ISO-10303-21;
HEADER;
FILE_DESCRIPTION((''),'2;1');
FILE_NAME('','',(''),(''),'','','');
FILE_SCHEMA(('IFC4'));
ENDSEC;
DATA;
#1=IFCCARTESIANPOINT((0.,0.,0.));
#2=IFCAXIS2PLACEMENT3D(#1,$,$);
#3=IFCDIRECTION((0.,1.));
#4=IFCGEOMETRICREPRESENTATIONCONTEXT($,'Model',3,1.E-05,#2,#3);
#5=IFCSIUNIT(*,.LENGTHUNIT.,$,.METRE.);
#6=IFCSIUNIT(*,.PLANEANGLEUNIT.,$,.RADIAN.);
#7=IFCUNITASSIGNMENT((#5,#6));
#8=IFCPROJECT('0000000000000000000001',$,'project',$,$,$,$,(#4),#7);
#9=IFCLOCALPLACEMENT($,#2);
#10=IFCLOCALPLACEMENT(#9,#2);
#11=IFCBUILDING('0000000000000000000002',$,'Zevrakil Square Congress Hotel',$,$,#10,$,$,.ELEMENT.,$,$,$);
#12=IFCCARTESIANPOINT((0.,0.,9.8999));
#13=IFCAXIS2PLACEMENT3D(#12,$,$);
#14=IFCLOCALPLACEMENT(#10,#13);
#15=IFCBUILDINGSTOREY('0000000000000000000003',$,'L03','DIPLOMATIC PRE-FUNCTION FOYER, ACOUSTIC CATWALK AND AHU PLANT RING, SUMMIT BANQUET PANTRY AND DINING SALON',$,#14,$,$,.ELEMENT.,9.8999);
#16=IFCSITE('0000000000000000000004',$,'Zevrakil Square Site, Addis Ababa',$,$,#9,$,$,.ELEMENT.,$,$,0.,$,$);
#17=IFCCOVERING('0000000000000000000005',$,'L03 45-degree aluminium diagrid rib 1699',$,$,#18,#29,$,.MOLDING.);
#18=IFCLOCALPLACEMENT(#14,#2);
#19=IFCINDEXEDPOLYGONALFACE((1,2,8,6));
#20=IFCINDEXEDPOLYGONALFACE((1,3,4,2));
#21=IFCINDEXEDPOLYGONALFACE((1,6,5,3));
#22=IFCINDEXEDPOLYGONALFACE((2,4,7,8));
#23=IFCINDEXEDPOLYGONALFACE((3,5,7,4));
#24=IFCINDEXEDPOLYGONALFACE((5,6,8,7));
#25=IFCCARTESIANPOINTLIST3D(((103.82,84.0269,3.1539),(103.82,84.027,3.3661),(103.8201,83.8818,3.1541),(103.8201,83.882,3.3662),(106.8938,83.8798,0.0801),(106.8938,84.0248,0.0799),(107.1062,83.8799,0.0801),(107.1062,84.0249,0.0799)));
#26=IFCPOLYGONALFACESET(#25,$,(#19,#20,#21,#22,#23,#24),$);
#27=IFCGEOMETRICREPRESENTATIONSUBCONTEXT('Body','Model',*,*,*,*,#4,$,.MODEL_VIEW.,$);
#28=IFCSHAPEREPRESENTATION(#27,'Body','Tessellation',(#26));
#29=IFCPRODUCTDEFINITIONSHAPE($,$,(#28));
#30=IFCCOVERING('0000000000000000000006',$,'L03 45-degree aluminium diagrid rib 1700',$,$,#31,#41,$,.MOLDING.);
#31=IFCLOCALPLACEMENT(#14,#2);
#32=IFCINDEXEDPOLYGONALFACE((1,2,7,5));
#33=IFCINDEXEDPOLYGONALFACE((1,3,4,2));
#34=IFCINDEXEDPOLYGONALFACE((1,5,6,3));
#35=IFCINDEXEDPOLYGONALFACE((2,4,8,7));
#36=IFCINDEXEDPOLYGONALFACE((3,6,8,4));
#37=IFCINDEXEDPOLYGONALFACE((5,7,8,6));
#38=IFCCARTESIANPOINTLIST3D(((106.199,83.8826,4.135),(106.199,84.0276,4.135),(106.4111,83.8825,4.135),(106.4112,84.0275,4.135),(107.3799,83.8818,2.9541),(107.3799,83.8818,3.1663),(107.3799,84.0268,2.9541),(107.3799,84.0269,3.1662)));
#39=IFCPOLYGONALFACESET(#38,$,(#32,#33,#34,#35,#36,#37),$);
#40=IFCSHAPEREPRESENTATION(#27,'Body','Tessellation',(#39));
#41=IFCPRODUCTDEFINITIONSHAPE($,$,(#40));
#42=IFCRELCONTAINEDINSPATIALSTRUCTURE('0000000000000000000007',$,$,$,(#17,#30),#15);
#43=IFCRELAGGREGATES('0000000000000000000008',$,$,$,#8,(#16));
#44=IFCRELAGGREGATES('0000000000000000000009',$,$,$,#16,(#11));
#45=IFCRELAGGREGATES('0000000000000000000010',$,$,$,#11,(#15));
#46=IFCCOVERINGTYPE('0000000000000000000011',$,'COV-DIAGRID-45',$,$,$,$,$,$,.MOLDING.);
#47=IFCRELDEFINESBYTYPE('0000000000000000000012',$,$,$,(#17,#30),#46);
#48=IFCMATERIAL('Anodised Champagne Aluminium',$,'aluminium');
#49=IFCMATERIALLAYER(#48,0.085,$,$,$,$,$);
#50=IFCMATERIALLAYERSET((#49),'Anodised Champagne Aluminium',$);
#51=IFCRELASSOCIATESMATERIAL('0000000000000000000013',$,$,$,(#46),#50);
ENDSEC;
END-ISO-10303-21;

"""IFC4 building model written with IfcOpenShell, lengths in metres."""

from ifc_helpers import new_model, si_unit, direction, frame, origin, place, context, subcontext, project, spatial, polyline, outline, extrude, material, layer, layer_set, type_object, element, save


model = new_model("IFC4")

# Units and contexts
model_context = context("Model", 3, precision=1e-05, world=origin(), true_north=direction((0.0, 1.0)))
body_context = subcontext(model_context, "Body", "Model", "MODEL_VIEW")
ifc_project = project(units=[si_unit("LENGTHUNIT", "METRE"), si_unit("PLANEANGLEUNIT", "RADIAN")], contexts=[model_context])

# Site, building, storey
site_placement = place(None, origin())
site = spatial("IfcSite", under=ifc_project, at=site_placement, Name="Zevrakil Square Site, Addis Ababa", CompositionType="ELEMENT", RefElevation=0.0)
building_placement = place(site_placement, origin())
building = spatial("IfcBuilding", under=site, at=building_placement, Name="Zevrakil Square Congress Hotel", CompositionType="ELEMENT")
storey_placement = place(building_placement, frame((0.0, 0.0, 9.8999)))
storey = spatial("IfcBuildingStorey", under=building, at=storey_placement, Name="L03", Description="DIPLOMATIC PRE-FUNCTION FOYER, ACOUSTIC CATWALK AND AHU PLANT RING, SUMMIT BANQUET PANTRY AND DINING SALON", CompositionType="ELEMENT", Elevation=9.8999)

# Coverings
ifc_material_1 = material(Name="Anodised Champagne Aluminium", Category="aluminium")
ifc_layer_1 = layer(ifc_material_1, 0.085)
ifc_layer_set_1 = layer_set([ifc_layer_1], Name="Anodised Champagne Aluminium")
covering_type_1 = type_object("IfcCoveringType", Name="COV-DIAGRID-45", PredefinedType="MOLDING", material=ifc_layer_set_1)
covering_1_placement = place(storey_placement, frame((103.8201, 83.8818, 3.1541), z_axis=(0.000249, -1.0, 0.000902), x_axis=(0.0, 0.000902, 1.0)))
element("IfcCovering", 1, at=covering_1_placement, inside=storey, type_object=covering_type_1, Name="L03 45-degree aluminium diagrid rib 1699", PredefinedType="MOLDING", context=body_context, shape_type="SweptSolid", body=[
    extrude(outline(polyline([(0.0, 0.0), (0.2122, 0.0), (-3.074, -3.2861), (-3.074, -3.0737), (0.0, 0.0)])), origin(), (0.0, 0.0, -1.0), 0.145),
])
covering_2_placement = place(storey_placement, frame((106.199, 83.8826, 4.135), z_axis=(-0.000341, -1.0, 0.000341), x_axis=(1.0, -0.000341, 0.0)))
element("IfcCovering", 2, at=covering_2_placement, inside=storey, type_object=covering_type_1, Name="L03 45-degree aluminium diagrid rib 1700", PredefinedType="MOLDING", context=body_context, shape_type="SweptSolid", body=[
    extrude(outline(polyline([(0.0, 0.0), (0.2122, 0.0), (1.1809, -0.9688), (1.1809, -1.1809), (0.0, 0.0)])), origin(), (0.0, 0.0, -1.0), 0.145),
])

save(model, "model.ifc")
